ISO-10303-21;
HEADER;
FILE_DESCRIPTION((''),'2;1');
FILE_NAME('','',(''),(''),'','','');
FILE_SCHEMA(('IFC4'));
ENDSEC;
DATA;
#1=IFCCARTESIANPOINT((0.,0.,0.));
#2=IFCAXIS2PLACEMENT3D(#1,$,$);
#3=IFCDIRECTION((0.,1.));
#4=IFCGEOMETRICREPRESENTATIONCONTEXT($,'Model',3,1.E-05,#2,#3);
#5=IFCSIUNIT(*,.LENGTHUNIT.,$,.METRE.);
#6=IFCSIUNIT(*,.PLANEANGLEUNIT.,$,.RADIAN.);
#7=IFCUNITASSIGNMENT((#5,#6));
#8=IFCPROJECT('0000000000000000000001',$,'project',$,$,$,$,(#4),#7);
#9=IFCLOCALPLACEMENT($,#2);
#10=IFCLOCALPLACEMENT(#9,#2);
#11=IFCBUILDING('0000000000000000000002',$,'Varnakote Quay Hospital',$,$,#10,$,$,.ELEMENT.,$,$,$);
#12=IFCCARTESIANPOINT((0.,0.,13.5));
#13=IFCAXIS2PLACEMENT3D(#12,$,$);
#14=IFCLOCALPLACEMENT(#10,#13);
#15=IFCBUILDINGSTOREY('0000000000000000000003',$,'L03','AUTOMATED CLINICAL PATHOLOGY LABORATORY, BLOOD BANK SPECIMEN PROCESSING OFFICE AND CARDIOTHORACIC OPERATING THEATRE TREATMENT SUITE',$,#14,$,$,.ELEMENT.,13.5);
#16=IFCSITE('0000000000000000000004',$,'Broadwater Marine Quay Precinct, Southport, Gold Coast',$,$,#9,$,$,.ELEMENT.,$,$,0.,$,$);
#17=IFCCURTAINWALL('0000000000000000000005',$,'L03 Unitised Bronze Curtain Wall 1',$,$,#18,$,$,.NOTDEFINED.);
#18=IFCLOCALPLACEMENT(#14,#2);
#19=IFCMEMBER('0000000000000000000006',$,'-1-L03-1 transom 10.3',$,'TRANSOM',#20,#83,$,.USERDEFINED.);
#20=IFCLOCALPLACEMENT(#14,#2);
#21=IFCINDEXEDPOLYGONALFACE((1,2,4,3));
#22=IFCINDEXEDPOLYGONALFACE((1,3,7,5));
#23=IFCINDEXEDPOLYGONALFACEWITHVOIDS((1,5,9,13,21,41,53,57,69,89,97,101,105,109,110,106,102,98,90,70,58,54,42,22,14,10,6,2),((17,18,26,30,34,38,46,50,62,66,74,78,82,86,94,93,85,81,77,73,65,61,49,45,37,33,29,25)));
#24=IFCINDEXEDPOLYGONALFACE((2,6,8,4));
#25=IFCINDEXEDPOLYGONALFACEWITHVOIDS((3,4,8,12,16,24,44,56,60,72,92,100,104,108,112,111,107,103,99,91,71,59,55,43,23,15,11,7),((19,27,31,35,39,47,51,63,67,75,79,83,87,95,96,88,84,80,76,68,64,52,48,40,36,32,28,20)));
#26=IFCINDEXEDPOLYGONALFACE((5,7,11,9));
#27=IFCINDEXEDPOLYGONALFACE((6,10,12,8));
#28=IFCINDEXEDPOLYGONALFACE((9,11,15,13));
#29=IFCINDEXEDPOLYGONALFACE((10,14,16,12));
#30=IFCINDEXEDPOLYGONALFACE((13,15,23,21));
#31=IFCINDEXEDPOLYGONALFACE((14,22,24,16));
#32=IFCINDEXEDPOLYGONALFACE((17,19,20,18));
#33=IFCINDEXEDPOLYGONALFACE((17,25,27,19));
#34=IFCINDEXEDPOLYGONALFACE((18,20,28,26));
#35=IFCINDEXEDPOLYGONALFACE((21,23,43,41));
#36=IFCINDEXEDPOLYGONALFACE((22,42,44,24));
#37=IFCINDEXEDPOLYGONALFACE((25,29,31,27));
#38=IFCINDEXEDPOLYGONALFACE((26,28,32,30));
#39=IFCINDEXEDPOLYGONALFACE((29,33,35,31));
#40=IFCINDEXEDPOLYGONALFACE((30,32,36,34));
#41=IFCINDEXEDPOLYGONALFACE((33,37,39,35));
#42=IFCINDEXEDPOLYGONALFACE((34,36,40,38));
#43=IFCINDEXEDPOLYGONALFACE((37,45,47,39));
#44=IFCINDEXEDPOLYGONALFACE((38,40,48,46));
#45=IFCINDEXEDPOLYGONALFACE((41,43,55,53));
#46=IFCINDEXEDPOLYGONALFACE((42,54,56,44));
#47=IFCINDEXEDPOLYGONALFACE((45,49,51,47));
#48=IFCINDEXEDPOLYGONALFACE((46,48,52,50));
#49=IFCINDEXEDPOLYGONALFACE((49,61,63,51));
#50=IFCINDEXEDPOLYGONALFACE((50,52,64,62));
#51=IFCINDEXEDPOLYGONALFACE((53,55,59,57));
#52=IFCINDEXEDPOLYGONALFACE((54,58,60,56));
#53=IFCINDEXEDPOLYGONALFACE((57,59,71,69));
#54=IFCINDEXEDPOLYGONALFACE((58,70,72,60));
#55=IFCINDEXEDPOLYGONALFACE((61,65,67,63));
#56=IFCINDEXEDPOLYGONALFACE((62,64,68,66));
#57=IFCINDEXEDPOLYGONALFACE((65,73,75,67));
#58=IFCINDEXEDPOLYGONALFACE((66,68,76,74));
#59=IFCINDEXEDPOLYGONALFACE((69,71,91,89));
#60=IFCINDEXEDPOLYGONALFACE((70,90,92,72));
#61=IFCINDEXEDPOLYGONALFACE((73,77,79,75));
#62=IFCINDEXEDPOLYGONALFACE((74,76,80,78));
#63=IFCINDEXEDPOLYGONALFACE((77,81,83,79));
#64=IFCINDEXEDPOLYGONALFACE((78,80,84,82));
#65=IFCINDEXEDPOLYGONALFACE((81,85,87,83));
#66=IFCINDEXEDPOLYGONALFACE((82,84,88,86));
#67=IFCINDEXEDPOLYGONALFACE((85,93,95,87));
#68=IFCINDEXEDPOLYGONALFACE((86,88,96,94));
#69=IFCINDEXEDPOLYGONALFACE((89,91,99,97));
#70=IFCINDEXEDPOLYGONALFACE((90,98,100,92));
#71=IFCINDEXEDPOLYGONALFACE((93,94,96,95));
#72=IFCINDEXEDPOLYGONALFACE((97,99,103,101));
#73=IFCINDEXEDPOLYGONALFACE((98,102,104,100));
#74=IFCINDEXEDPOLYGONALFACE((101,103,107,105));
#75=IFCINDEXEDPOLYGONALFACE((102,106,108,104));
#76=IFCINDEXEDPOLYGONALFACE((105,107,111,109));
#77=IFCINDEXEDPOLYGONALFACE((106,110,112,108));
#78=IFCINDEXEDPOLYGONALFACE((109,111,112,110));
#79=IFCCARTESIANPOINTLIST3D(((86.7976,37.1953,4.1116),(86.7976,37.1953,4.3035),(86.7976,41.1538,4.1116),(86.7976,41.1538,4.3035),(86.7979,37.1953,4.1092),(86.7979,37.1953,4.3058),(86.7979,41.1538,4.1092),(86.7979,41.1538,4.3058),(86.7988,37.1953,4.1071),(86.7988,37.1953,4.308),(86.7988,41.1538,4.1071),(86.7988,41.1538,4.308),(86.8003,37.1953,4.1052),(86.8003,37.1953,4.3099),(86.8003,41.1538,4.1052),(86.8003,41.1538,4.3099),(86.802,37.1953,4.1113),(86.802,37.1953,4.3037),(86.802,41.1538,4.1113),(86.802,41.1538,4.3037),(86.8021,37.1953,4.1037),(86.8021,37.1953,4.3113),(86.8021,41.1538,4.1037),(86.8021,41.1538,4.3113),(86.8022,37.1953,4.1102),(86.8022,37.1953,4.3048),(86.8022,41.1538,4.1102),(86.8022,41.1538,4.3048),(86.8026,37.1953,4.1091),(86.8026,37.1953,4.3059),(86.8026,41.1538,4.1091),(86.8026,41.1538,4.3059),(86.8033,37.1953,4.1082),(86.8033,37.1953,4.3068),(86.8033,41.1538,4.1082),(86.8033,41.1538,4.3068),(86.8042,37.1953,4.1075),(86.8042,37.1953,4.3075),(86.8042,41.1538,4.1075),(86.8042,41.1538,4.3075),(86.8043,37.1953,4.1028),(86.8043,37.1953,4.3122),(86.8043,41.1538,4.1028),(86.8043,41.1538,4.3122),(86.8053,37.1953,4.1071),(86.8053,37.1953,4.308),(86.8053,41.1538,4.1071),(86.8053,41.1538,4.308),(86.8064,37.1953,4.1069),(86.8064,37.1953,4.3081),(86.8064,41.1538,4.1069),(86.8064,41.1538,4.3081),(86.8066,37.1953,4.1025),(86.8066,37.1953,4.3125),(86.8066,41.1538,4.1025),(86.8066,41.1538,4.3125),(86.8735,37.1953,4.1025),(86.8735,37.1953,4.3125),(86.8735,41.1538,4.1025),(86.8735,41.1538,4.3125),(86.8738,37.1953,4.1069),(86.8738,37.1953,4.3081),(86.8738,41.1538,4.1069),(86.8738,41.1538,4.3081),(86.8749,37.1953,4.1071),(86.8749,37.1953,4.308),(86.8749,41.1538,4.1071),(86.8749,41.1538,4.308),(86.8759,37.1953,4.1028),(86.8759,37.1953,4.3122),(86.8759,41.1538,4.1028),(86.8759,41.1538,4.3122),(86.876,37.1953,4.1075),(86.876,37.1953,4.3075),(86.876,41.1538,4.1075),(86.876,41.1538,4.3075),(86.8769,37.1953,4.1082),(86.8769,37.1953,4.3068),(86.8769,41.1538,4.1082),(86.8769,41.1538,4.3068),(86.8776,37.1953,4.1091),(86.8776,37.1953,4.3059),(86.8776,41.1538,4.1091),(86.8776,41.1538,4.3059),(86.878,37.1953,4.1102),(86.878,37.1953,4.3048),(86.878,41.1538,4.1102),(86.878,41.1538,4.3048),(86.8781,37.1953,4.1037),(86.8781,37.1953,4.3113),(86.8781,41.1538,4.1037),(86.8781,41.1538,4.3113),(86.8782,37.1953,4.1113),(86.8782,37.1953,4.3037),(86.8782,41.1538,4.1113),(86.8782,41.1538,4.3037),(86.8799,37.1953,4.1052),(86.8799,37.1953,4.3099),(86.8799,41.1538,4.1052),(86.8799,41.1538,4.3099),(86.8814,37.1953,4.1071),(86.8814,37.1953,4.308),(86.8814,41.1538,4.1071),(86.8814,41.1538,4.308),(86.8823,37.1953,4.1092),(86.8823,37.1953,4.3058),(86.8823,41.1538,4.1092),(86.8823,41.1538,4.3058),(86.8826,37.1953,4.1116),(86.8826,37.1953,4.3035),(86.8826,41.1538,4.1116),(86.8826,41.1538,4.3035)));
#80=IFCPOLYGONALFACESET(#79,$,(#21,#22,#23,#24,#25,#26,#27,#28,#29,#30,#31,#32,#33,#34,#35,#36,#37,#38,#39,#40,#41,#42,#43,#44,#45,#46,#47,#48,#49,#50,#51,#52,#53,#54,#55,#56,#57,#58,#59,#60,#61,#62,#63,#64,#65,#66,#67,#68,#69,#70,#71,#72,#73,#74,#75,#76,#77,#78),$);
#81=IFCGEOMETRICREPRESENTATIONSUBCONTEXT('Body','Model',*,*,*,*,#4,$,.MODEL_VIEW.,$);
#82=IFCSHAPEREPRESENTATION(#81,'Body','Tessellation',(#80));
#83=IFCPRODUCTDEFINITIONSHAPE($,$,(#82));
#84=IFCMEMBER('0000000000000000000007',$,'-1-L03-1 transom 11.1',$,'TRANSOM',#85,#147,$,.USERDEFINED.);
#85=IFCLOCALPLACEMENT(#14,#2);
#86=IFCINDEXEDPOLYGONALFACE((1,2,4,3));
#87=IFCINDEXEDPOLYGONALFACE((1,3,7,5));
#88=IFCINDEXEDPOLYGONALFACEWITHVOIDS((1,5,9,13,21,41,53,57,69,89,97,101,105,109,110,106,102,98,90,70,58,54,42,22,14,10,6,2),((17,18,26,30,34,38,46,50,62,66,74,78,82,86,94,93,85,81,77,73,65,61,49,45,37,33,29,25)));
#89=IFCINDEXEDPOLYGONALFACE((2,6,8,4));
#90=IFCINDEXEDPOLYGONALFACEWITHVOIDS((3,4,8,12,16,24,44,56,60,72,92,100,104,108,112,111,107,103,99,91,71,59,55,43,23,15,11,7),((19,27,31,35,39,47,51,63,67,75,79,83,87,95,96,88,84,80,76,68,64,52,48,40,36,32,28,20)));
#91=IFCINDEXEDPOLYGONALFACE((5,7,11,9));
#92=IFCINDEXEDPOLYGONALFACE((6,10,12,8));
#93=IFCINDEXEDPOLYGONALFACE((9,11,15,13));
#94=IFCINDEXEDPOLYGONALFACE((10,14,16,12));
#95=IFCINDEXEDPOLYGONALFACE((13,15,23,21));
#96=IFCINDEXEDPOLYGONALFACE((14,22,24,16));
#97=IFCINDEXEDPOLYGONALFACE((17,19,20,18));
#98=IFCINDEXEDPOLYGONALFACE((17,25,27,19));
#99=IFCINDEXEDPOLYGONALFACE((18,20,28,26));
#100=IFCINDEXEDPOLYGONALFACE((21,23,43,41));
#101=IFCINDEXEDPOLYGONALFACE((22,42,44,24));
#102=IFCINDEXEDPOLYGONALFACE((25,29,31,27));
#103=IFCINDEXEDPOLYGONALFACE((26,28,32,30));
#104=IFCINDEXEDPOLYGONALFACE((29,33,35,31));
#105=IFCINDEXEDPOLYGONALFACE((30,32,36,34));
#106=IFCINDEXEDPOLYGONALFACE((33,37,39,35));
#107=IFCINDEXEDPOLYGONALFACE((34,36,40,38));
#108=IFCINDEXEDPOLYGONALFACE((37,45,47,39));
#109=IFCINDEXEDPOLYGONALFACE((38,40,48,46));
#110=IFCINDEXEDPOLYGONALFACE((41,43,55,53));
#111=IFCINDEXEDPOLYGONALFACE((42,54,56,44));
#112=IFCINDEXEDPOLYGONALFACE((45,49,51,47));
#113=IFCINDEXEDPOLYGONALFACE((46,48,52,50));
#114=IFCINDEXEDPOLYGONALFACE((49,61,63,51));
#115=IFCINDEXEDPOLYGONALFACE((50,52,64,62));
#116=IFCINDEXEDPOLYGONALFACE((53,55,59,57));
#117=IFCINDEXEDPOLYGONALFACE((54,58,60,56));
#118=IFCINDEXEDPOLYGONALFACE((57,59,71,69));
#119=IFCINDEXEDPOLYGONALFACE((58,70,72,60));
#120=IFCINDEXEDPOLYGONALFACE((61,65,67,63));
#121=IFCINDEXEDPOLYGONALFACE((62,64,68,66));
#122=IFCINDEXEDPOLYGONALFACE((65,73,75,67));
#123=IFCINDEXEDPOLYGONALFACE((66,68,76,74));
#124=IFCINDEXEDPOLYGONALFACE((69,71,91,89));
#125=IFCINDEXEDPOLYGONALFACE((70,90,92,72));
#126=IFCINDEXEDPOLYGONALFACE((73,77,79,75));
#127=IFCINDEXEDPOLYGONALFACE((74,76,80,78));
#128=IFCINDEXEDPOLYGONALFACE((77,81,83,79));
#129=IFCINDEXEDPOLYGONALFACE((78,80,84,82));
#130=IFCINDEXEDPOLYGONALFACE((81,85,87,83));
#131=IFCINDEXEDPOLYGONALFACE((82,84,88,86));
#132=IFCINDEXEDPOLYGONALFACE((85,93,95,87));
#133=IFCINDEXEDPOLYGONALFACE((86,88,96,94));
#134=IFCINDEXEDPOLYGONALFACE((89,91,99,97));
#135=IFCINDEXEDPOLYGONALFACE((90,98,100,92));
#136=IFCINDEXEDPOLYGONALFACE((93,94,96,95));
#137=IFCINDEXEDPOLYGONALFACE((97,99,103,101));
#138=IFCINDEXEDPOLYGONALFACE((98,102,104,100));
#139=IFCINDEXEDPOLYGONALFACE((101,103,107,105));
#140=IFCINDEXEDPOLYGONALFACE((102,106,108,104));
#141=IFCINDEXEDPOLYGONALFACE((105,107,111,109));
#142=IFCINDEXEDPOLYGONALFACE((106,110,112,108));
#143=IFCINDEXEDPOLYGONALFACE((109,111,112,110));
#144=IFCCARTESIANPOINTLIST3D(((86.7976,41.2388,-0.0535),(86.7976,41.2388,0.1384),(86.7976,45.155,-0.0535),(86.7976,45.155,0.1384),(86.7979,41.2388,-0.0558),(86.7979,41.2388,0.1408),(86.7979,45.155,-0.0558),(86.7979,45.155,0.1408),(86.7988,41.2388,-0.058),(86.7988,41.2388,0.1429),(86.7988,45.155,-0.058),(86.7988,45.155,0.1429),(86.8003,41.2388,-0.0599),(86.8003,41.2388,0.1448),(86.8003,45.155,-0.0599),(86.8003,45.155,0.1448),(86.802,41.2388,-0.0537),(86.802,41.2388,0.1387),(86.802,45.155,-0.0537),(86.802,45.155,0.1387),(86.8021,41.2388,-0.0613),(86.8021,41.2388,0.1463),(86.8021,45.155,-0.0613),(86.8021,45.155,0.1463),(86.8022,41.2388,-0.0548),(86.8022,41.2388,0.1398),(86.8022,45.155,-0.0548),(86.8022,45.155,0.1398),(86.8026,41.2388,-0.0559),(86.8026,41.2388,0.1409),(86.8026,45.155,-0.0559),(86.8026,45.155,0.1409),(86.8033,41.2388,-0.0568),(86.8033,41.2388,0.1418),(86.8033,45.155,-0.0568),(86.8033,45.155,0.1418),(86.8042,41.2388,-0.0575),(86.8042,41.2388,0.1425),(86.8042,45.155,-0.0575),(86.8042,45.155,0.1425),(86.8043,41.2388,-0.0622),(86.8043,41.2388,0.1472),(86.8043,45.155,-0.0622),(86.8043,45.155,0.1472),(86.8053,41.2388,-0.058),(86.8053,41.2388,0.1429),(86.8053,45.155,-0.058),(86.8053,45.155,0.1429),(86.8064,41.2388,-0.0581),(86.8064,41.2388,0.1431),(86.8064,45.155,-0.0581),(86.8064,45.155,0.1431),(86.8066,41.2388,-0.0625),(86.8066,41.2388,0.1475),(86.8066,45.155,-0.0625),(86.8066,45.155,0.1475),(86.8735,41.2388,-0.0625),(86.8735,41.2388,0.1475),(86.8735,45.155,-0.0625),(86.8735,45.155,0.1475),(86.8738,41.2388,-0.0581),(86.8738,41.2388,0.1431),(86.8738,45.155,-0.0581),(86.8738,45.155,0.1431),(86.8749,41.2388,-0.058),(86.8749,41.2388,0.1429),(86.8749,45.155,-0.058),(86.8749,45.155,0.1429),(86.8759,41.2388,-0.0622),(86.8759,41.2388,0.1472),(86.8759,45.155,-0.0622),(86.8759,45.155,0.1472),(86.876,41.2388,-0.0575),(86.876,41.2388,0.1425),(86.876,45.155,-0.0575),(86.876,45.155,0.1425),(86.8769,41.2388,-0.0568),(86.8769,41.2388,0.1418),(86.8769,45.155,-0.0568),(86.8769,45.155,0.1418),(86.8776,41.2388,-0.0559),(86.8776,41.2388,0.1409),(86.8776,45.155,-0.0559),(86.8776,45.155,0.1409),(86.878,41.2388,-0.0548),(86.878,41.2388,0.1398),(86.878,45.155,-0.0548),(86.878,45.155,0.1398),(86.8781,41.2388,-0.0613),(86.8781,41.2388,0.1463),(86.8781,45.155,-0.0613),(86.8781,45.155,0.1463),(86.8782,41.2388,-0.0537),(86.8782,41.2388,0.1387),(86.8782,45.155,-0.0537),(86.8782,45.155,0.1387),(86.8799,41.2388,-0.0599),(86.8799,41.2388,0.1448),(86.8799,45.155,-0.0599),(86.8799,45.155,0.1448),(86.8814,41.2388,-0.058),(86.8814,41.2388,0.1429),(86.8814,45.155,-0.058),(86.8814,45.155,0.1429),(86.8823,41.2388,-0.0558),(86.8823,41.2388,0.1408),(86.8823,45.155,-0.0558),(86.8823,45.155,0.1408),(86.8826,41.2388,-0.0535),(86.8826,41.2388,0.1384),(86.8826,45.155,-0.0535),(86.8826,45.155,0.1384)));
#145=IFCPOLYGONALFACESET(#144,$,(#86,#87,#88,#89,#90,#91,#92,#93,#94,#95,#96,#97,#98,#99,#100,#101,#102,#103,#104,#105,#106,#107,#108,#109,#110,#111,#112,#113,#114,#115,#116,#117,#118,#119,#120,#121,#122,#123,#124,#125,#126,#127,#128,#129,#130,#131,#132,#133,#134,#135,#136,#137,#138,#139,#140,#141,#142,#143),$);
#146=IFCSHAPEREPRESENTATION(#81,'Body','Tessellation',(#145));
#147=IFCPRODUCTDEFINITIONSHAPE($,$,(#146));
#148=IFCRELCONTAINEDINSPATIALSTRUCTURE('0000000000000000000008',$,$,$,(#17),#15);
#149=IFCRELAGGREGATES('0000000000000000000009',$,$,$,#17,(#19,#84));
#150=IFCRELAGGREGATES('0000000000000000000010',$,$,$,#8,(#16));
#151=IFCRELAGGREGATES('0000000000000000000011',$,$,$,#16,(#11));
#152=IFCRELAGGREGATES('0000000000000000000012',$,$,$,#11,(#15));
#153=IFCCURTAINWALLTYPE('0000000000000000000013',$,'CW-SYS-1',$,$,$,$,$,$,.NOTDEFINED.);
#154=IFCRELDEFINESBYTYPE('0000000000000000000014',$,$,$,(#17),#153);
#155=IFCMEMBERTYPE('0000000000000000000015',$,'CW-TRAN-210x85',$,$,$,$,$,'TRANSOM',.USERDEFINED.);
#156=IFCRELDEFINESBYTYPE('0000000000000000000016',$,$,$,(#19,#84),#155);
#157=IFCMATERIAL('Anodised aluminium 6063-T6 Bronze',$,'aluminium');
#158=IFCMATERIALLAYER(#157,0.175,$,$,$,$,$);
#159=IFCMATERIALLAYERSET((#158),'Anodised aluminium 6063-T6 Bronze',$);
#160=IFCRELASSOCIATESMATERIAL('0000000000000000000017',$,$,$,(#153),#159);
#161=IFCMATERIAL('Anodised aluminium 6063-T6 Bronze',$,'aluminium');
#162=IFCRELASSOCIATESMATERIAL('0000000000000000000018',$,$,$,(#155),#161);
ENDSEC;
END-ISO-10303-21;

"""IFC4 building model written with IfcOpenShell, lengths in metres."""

from ifc_helpers import new_model, si_unit, direction, frame, origin, origin_2d, place, context, subcontext, project, spatial, hollow_rectangle, extrude, material, layer, layer_set, material_profile, profile_set, type_object, element, aggregate, save


model = new_model("IFC4")

# Units and contexts
model_context = context("Model", 3, precision=1e-05, world=origin(), true_north=direction((0.0, 1.0)))
body_context = subcontext(model_context, "Body", "Model", "MODEL_VIEW")
ifc_project = project(units=[si_unit("LENGTHUNIT", "METRE"), si_unit("PLANEANGLEUNIT", "RADIAN")], contexts=[model_context])

# Site, building, storey
site_placement = place(None, origin())
site = spatial("IfcSite", under=ifc_project, at=site_placement, Name="Broadwater Marine Quay Precinct, Southport, Gold Coast", CompositionType="ELEMENT", RefElevation=0.0)
building_placement = place(site_placement, origin())
building = spatial("IfcBuilding", under=site, at=building_placement, Name="Varnakote Quay Hospital", CompositionType="ELEMENT")
storey_placement = place(building_placement, frame((0.0, 0.0, 13.5)))
storey = spatial("IfcBuildingStorey", under=building, at=storey_placement, Name="L03", Description="AUTOMATED CLINICAL PATHOLOGY LABORATORY, BLOOD BANK SPECIMEN PROCESSING OFFICE AND CARDIOTHORACIC OPERATING THEATRE TREATMENT SUITE", CompositionType="ELEMENT", Elevation=13.5)

# Curtain wall, members
ifc_material_1 = material(Name="Anodised aluminium 6063-T6 Bronze", Category="aluminium")
ifc_layer_1 = layer(ifc_material_1, 0.175)
ifc_layer_set_1 = layer_set([ifc_layer_1], Name="Anodised aluminium 6063-T6 Bronze")
curtain_wall_type = type_object("IfcCurtainWallType", Name="CW-SYS-1", PredefinedType="NOTDEFINED", material=ifc_layer_set_1)
curtain_wall_placement = place(storey_placement, origin())
curtain_wall = element("IfcCurtainWall", 1, at=curtain_wall_placement, inside=storey, type_object=curtain_wall_type, Name="L03 Unitised Bronze Curtain Wall 1", PredefinedType="NOTDEFINED")
ifc_material_2 = material(Name="Anodised aluminium 6063-T6 Bronze", Category="aluminium")
ifc_material_profile_1 = material_profile(ifc_material_2, hollow_rectangle(XDim=0.085, YDim=0.21, WallThickness=0.0044, InnerFilletRadius=0.0044, OuterFilletRadius=0.009, at=origin_2d()), Name="CW-TRAN-210x85")
ifc_profile_set_1 = profile_set([ifc_material_profile_1], Name="Anodised aluminium 6063-T6 Bronze")
member_type_1 = type_object("IfcMemberType", Name="CW-TRAN-210x85", ElementType="TRANSOM", PredefinedType="USERDEFINED", material=ifc_profile_set_1)
member_1_placement = place(storey_placement, frame((86.8401, 37.1953, 4.2075), z_axis=(0.0, 1.0, 0.0), x_axis=(-1.0, 0.0, 0.0)))
member_1 = element("IfcMember", 2, at=member_1_placement, type_object=member_type_1, Name="-1-L03-1 transom 10.3", ObjectType="TRANSOM", PredefinedType="USERDEFINED", context=body_context, shape_type="SweptSolid", body=[
    extrude(hollow_rectangle(XDim=0.085, YDim=0.21, WallThickness=0.0044, InnerFilletRadius=0.0044, OuterFilletRadius=0.009, at=origin_2d()), origin(), (0.0, 0.0, 1.0), 3.9585),
])
member_2_placement = place(storey_placement, frame((86.8401, 41.2388, 0.0425), z_axis=(0.0, 1.0, 0.0), x_axis=(-1.0, 0.0, 0.0)))
member_2 = element("IfcMember", 3, at=member_2_placement, type_object=member_type_1, Name="-1-L03-1 transom 11.1", ObjectType="TRANSOM", PredefinedType="USERDEFINED", context=body_context, shape_type="SweptSolid", body=[
    extrude(hollow_rectangle(XDim=0.085, YDim=0.21, WallThickness=0.0044, InnerFilletRadius=0.0044, OuterFilletRadius=0.009, at=origin_2d()), origin(), (0.0, 0.0, 1.0), 3.9163),
])

aggregate(curtain_wall, [member_1, member_2])

save(model, "model.ifc")
